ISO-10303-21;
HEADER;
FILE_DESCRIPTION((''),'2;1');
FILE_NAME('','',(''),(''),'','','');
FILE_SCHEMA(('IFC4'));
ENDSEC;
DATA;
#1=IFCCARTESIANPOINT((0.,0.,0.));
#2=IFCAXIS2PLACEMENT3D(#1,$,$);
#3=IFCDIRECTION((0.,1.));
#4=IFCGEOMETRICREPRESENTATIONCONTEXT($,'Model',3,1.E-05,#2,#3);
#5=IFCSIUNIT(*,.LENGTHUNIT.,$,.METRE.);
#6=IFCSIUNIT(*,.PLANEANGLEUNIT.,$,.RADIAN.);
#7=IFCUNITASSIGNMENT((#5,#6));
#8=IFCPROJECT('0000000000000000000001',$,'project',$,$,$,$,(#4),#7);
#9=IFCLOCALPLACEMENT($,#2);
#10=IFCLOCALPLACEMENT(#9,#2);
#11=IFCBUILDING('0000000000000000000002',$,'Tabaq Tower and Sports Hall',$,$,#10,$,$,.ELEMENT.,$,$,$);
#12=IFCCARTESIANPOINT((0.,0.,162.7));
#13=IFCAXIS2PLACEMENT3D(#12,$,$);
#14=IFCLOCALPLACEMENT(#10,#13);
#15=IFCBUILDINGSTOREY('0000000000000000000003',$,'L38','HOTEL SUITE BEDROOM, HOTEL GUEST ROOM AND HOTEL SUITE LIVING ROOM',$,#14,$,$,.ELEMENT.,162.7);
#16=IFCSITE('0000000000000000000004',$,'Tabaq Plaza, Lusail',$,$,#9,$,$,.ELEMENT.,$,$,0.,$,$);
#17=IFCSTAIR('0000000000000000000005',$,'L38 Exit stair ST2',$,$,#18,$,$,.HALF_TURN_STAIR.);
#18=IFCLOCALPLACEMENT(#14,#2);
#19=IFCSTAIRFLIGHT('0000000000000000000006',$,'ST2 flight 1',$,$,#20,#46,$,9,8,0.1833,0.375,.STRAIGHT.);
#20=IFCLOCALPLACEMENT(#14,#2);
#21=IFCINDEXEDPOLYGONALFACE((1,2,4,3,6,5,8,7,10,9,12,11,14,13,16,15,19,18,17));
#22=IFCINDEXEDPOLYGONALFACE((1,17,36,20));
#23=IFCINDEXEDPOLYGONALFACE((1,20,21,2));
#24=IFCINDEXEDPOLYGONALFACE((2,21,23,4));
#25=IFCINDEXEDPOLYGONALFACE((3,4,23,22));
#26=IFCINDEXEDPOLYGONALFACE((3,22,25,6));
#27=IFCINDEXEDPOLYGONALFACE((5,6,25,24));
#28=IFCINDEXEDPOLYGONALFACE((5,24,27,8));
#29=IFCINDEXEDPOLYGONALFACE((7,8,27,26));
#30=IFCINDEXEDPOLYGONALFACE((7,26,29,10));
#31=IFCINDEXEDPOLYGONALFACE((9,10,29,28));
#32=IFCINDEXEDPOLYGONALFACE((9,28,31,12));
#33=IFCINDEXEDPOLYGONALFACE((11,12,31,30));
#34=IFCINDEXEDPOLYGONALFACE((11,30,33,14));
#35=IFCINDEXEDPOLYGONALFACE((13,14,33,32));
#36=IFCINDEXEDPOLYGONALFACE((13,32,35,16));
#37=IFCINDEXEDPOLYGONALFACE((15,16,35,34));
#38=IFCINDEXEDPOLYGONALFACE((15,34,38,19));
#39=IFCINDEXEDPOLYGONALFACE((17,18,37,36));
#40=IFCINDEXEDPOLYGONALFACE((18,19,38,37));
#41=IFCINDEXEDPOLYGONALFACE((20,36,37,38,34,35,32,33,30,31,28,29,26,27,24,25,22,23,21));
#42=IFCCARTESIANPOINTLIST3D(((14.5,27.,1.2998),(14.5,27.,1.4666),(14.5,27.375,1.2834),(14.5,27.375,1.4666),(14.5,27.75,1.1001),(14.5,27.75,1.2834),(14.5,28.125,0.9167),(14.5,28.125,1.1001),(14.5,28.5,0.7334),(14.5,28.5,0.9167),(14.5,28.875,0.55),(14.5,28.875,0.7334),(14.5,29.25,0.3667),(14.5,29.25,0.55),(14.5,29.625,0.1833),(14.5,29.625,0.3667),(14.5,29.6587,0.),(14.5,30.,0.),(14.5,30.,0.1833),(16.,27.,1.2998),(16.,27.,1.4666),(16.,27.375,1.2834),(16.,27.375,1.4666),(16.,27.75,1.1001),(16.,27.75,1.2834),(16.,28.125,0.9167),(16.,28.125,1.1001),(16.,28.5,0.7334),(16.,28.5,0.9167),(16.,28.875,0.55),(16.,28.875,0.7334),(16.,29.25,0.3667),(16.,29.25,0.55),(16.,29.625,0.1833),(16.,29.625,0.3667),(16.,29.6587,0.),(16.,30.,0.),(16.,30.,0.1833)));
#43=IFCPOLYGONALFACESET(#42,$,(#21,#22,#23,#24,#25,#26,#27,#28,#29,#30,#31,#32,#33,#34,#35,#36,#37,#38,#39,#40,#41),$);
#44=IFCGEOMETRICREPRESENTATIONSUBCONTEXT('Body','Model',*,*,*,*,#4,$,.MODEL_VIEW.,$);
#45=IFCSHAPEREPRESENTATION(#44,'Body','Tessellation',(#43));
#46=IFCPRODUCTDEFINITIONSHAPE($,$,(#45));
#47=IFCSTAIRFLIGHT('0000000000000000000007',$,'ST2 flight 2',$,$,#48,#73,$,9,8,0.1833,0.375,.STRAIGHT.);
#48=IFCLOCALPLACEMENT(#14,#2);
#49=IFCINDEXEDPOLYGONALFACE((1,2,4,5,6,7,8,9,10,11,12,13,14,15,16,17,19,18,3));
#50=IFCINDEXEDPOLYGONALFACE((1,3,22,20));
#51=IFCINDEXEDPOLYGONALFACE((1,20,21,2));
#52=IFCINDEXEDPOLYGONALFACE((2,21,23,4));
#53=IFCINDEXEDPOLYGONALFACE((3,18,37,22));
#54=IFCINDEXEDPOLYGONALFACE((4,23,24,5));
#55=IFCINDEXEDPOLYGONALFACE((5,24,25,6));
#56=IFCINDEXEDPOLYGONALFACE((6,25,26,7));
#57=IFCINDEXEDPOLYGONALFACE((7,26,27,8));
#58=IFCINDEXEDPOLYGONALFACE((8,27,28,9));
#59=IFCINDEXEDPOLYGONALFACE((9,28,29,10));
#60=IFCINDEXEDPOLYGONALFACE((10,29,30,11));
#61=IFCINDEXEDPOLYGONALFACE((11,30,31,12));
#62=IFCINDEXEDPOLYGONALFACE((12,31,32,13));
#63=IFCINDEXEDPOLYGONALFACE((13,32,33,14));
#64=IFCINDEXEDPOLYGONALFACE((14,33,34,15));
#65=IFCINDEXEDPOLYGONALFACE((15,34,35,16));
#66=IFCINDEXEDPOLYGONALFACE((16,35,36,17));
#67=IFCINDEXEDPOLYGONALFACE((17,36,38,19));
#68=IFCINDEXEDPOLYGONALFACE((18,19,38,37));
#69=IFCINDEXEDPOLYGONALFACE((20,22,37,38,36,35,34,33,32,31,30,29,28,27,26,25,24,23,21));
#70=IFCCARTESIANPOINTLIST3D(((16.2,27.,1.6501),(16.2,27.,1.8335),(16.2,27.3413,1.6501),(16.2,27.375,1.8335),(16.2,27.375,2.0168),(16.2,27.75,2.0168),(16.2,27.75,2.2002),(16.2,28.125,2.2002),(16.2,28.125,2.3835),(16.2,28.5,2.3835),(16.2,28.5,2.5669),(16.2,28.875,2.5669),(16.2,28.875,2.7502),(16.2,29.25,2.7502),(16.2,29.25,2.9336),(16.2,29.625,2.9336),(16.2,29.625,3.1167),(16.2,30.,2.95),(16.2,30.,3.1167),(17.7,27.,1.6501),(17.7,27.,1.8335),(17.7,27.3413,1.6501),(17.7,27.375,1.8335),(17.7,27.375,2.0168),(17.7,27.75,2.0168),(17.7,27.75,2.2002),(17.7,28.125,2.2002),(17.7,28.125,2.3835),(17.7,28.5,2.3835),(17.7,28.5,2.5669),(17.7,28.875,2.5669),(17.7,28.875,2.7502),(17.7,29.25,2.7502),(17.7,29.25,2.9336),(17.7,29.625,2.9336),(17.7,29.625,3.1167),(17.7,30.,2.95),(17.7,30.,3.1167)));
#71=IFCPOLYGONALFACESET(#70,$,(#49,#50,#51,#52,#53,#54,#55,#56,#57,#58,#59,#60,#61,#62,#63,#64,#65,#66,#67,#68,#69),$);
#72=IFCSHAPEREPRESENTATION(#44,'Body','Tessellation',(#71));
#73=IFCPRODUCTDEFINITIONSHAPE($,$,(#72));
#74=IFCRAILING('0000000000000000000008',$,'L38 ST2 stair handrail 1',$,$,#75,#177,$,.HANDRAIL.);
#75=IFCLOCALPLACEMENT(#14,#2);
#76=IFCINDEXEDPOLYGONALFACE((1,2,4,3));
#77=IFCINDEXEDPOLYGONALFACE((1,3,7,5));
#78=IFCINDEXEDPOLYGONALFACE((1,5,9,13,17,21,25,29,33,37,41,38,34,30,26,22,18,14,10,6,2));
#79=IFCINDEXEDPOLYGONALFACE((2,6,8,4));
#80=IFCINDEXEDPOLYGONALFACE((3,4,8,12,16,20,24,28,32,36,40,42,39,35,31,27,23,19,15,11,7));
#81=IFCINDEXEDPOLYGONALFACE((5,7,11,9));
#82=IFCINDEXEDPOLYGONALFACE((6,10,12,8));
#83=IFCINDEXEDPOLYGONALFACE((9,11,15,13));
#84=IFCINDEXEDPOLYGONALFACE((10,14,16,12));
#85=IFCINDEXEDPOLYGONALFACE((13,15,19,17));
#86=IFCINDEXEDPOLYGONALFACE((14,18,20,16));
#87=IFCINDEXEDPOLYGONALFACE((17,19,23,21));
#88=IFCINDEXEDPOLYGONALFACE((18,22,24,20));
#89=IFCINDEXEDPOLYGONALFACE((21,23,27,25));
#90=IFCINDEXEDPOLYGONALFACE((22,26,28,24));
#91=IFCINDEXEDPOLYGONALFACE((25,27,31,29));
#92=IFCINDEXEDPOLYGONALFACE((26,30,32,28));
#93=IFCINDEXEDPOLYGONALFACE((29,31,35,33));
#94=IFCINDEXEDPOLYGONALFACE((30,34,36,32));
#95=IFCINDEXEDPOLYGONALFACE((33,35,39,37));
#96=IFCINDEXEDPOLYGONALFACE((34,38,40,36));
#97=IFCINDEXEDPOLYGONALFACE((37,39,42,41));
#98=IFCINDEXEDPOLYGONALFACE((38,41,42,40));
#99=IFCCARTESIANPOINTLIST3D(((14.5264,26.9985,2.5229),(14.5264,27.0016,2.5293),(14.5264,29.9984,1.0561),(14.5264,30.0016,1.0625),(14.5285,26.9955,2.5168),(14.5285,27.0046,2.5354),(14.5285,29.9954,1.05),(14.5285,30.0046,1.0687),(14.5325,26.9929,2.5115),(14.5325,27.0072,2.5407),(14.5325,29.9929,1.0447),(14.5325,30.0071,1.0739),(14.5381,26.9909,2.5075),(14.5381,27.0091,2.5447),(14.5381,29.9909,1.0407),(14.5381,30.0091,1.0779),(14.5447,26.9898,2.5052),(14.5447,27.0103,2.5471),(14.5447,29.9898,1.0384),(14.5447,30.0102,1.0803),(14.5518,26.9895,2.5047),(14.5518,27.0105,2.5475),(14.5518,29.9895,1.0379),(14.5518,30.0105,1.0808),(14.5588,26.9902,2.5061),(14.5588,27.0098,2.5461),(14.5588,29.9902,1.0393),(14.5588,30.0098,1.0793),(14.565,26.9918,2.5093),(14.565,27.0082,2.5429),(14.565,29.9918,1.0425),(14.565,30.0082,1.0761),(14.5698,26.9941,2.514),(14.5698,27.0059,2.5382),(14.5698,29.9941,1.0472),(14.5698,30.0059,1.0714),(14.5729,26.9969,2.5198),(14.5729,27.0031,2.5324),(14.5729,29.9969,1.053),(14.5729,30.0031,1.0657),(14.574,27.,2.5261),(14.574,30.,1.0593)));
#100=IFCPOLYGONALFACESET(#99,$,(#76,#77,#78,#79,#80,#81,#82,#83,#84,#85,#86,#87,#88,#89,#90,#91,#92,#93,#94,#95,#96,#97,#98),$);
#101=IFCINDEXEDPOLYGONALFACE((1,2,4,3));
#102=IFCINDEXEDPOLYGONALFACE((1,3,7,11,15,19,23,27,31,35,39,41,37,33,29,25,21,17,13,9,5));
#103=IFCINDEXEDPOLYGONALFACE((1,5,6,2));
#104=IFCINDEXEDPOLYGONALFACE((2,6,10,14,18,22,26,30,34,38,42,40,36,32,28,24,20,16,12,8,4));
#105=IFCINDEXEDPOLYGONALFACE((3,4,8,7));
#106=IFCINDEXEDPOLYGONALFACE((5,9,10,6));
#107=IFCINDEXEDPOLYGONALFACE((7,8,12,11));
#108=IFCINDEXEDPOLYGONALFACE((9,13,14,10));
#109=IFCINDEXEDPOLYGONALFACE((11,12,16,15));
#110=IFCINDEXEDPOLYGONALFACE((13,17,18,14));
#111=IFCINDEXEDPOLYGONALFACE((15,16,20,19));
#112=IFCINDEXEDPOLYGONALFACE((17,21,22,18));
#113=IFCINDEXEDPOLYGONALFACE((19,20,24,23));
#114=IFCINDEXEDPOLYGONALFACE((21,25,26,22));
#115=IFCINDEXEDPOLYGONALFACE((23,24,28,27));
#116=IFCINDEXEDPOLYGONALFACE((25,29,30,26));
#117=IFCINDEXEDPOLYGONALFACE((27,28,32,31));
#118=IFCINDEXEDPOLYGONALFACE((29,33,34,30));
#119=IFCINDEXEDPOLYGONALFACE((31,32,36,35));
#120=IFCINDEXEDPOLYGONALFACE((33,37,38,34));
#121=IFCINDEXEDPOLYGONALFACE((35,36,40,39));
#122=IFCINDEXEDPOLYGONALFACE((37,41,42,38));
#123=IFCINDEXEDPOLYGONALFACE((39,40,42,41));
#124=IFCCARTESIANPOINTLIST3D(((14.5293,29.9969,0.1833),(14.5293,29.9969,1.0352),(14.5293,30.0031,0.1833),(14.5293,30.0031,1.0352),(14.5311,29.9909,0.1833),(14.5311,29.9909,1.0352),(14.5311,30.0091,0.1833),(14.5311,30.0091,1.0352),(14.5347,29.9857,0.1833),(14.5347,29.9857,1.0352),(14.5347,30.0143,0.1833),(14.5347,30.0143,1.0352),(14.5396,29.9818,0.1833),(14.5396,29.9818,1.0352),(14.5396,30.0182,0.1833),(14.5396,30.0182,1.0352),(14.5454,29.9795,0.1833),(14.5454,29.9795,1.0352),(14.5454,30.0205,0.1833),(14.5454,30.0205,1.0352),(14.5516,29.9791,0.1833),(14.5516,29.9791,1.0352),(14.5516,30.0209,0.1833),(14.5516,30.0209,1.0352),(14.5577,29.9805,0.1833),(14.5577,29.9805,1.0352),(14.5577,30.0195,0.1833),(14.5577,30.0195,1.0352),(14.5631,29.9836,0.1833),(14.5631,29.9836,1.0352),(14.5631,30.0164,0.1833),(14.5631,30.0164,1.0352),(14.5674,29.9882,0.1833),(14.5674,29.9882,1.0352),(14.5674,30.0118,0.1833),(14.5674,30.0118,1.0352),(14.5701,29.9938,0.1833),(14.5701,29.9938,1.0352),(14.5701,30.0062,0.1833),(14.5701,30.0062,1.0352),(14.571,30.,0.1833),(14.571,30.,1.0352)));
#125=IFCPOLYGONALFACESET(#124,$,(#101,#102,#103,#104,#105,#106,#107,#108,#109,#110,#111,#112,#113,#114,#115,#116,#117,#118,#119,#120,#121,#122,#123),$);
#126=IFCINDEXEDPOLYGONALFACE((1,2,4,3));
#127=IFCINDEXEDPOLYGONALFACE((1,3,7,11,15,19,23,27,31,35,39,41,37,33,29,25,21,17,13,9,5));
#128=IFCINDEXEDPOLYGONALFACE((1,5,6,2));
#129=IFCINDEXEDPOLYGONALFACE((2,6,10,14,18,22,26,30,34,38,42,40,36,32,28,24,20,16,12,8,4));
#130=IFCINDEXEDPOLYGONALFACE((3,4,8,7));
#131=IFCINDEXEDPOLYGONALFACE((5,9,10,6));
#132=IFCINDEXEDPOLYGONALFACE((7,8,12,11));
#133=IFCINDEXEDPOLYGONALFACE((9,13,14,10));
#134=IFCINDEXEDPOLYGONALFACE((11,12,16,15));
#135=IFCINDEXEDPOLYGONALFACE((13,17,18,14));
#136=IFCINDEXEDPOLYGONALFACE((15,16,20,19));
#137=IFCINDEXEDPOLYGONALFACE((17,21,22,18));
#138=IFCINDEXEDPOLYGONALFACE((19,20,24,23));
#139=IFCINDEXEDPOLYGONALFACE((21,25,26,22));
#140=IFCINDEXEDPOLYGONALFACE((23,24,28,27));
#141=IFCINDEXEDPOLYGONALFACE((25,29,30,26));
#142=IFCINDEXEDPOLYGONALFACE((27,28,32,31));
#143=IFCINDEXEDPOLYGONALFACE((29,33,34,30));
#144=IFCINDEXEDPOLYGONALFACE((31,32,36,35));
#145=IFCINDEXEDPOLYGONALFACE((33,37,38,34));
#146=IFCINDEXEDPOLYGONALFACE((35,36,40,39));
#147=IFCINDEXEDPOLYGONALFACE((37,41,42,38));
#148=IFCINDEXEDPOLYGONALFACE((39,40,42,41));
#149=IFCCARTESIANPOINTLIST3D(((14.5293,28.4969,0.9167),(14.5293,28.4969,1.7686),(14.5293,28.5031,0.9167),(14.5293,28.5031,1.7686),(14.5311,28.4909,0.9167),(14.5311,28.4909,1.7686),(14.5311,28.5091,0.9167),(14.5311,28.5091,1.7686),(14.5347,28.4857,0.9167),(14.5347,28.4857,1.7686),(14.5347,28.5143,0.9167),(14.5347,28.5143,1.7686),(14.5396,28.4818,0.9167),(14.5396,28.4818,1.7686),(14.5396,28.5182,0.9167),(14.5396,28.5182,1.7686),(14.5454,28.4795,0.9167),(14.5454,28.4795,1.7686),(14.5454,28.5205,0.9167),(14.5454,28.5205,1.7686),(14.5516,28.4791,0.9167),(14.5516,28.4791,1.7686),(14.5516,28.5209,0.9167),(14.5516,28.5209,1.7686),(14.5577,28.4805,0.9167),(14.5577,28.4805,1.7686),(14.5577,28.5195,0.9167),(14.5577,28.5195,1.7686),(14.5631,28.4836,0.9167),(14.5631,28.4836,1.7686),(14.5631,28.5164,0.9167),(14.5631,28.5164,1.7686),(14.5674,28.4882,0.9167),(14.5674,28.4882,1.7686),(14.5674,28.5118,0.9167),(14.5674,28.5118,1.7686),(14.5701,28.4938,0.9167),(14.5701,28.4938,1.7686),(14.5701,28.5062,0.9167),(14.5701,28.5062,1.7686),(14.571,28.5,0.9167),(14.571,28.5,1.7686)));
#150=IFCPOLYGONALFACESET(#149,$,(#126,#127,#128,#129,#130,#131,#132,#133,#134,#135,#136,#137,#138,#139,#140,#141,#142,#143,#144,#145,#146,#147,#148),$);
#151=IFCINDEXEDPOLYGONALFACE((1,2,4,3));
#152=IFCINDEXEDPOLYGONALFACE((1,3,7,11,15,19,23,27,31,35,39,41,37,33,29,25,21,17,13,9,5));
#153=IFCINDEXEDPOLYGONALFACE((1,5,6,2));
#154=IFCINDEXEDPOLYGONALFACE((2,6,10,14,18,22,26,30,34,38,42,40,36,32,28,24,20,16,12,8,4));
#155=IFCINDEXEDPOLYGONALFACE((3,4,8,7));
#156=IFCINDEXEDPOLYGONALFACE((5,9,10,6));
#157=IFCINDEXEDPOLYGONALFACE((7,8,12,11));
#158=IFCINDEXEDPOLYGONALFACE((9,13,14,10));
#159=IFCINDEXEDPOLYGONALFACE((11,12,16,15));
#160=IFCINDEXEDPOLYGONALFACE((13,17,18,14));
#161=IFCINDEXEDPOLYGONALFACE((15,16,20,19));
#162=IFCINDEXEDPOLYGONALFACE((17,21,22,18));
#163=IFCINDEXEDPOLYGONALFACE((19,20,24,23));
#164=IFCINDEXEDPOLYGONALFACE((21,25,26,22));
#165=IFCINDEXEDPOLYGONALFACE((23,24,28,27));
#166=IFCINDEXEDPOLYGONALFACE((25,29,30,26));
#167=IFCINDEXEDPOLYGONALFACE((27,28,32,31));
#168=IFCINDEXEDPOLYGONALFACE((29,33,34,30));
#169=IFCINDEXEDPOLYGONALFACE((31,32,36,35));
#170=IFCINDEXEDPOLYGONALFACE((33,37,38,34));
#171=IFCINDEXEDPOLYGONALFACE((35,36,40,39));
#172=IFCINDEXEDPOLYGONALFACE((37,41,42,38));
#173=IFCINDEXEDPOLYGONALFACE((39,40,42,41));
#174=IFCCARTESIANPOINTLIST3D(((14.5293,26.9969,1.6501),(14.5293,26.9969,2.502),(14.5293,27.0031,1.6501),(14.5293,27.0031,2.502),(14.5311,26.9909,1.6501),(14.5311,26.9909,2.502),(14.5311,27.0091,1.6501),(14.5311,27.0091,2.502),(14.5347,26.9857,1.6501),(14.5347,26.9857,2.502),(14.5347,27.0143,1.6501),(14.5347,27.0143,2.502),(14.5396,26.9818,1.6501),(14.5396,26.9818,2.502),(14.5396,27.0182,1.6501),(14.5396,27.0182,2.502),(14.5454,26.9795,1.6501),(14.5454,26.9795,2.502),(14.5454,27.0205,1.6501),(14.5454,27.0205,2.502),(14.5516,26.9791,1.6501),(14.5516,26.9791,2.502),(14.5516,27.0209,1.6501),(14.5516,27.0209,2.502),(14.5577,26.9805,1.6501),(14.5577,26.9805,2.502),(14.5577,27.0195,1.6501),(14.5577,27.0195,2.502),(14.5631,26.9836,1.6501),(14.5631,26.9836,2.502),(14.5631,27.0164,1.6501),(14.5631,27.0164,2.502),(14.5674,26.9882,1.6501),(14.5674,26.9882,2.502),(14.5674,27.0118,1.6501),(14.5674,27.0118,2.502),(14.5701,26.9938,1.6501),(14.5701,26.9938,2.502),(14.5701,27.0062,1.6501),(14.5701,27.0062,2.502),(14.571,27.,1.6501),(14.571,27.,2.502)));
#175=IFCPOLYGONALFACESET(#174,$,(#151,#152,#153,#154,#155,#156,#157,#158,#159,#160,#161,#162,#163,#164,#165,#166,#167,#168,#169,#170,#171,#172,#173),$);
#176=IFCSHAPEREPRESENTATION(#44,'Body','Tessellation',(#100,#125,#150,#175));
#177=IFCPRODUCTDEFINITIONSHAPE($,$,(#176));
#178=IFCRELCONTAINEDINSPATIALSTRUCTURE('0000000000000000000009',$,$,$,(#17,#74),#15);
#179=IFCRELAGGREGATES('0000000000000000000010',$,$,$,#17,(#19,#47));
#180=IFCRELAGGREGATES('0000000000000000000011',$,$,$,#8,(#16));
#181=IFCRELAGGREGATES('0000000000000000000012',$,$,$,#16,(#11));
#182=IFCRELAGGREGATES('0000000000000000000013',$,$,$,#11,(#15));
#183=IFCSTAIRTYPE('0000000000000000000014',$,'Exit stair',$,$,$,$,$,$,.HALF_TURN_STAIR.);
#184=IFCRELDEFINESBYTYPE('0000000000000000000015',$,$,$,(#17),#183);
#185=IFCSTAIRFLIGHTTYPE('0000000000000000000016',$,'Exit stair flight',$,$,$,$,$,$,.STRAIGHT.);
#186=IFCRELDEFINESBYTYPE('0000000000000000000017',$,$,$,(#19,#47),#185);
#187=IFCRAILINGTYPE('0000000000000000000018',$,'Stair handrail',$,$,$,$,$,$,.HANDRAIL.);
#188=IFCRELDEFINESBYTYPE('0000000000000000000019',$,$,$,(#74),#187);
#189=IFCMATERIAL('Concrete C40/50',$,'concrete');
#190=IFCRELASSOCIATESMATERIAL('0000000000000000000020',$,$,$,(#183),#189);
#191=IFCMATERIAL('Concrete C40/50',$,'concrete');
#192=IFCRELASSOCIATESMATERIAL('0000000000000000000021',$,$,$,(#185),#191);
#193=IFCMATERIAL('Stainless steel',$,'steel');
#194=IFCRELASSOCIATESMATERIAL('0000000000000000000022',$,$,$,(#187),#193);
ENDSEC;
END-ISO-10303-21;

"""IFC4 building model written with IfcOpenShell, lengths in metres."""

from ifc_helpers import new_model, si_unit, direction, frame, origin, origin_2d, place, context, subcontext, project, spatial, polyline, circle, outline, extrude, material, type_object, element, aggregate, save


model = new_model("IFC4")

# Units and contexts
model_context = context("Model", 3, precision=1e-05, world=origin(), true_north=direction((0.0, 1.0)))
body_context = subcontext(model_context, "Body", "Model", "MODEL_VIEW")
ifc_project = project(units=[si_unit("LENGTHUNIT", "METRE"), si_unit("PLANEANGLEUNIT", "RADIAN")], contexts=[model_context])

# Site, building, storey
site_placement = place(None, origin())
site = spatial("IfcSite", under=ifc_project, at=site_placement, Name="Tabaq Plaza, Lusail", CompositionType="ELEMENT", RefElevation=0.0)
building_placement = place(site_placement, origin())
building = spatial("IfcBuilding", under=site, at=building_placement, Name="Tabaq Tower and Sports Hall", CompositionType="ELEMENT")
storey_placement = place(building_placement, frame((0.0, 0.0, 162.7)))
storey = spatial("IfcBuildingStorey", under=building, at=storey_placement, Name="L38", Description="HOTEL SUITE BEDROOM, HOTEL GUEST ROOM AND HOTEL SUITE LIVING ROOM", CompositionType="ELEMENT", Elevation=162.7)

# Stair, stair flights
ifc_material_1 = material(Name="Concrete C40/50", Category="concrete")
stair_type = type_object("IfcStairType", Name="Exit stair", PredefinedType="HALF_TURN_STAIR", material=ifc_material_1)
stair_placement = place(storey_placement, origin())
stair = element("IfcStair", 1, at=stair_placement, inside=storey, type_object=stair_type, Name="L38 Exit stair ST2", PredefinedType="HALF_TURN_STAIR")
ifc_material_2 = material(Name="Concrete C40/50", Category="concrete")
stair_flight_type = type_object("IfcStairFlightType", Name="Exit stair flight", PredefinedType="STRAIGHT", material=ifc_material_2)
stair_flight_1_placement = place(storey_placement, frame((15.25, 30.0, 0.0), z_axis=(0.0, 0.0, 1.0), x_axis=(0.0, -1.0, 0.0)))
stair_flight_1 = element("IfcStairFlight", 2, at=stair_flight_1_placement, type_object=stair_flight_type, Name="ST2 flight 1", NumberOfRisers=9, NumberOfTreads=8, PredefinedType="STRAIGHT", RiserHeight=0.1833, TreadLength=0.375, context=body_context, shape_type="SweptSolid", body=[
    extrude(outline(polyline([(0.0, 0.0), (0.0, 0.1833), (0.375, 0.1833), (0.375, 0.3667), (0.75, 0.3667), (0.75, 0.55), (1.125, 0.55), (1.125, 0.7334), (1.5, 0.7334), (1.5, 0.9167), (1.875, 0.9167), (1.875, 1.1001), (2.25, 1.1001), (2.25, 1.2834), (2.625, 1.2834), (2.625, 1.4666), (3.0, 1.4666), (3.0, 1.6499), (3.0, 1.2998), (0.3413, 0.0), (0.0, 0.0)])), frame((0.0, 0.75, 0.0), z_axis=(0.0, -1.0, 0.0), x_axis=(1.0, 0.0, 0.0)), (0.0, 0.0, 1.0), 1.5),
])
stair_flight_2_placement = place(storey_placement, frame((16.95, 27.0, 1.6501), z_axis=(0.0, 0.0, 1.0), x_axis=(0.0, 1.0, 0.0)))
stair_flight_2 = element("IfcStairFlight", 3, at=stair_flight_2_placement, type_object=stair_flight_type, Name="ST2 flight 2", NumberOfRisers=9, NumberOfTreads=8, PredefinedType="STRAIGHT", RiserHeight=0.1833, TreadLength=0.375, context=body_context, shape_type="SweptSolid", body=[
    extrude(outline(polyline([(0.0, 0.0), (0.0, 0.1833), (0.375, 0.1833), (0.375, 0.3667), (0.75, 0.3667), (0.75, 0.55), (1.125, 0.55), (1.125, 0.7334), (1.5, 0.7334), (1.5, 0.9167), (1.875, 0.9167), (1.875, 1.1001), (2.25, 1.1001), (2.25, 1.2834), (2.625, 1.2834), (2.625, 1.4666), (3.0, 1.4666), (3.0, 1.6499), (3.0, 1.2998), (0.3413, 0.0), (0.0, 0.0)])), frame((0.0, 0.75, 0.0), z_axis=(0.0, -1.0, 0.0), x_axis=(1.0, 0.0, 0.0)), (0.0, 0.0, 1.0), 1.5),
])
aggregate(stair, [stair_flight_1, stair_flight_2])

# Railing
ifc_material_3 = material(Name="Stainless steel", Category="steel")
railing_type_1 = type_object("IfcRailingType", Name="Stair handrail", PredefinedType="HANDRAIL", material=ifc_material_3)
railing_1_placement = place(storey_placement, frame((14.55, 30.0, 0.1833)))
element("IfcRailing", 4, at=railing_1_placement, inside=storey, type_object=railing_type_1, Name="L38 ST2 stair handrail 1", PredefinedType="HANDRAIL", context=body_context, shape_type="SweptSolid", body=[
    extrude(circle(Radius=0.0239, at=origin_2d()), frame((0.0, 0.0, 0.876), z_axis=(0.0, -0.898369, 0.439242), x_axis=(1.0, 0.0, 0.0)), (0.0, 0.0, 1.0), 3.3394),
    extrude(circle(Radius=0.021, at=origin_2d()), origin(), (0.0, 0.0, 1.0), 0.8518),
    extrude(circle(Radius=0.021, at=origin_2d()), frame((0.0, -1.5, 0.7334)), (0.0, 0.0, 1.0), 0.8518),
    extrude(circle(Radius=0.021, at=origin_2d()), frame((0.0, -3.0, 1.4668)), (0.0, 0.0, 1.0), 0.8518),
])

save(model, "model.ifc")
